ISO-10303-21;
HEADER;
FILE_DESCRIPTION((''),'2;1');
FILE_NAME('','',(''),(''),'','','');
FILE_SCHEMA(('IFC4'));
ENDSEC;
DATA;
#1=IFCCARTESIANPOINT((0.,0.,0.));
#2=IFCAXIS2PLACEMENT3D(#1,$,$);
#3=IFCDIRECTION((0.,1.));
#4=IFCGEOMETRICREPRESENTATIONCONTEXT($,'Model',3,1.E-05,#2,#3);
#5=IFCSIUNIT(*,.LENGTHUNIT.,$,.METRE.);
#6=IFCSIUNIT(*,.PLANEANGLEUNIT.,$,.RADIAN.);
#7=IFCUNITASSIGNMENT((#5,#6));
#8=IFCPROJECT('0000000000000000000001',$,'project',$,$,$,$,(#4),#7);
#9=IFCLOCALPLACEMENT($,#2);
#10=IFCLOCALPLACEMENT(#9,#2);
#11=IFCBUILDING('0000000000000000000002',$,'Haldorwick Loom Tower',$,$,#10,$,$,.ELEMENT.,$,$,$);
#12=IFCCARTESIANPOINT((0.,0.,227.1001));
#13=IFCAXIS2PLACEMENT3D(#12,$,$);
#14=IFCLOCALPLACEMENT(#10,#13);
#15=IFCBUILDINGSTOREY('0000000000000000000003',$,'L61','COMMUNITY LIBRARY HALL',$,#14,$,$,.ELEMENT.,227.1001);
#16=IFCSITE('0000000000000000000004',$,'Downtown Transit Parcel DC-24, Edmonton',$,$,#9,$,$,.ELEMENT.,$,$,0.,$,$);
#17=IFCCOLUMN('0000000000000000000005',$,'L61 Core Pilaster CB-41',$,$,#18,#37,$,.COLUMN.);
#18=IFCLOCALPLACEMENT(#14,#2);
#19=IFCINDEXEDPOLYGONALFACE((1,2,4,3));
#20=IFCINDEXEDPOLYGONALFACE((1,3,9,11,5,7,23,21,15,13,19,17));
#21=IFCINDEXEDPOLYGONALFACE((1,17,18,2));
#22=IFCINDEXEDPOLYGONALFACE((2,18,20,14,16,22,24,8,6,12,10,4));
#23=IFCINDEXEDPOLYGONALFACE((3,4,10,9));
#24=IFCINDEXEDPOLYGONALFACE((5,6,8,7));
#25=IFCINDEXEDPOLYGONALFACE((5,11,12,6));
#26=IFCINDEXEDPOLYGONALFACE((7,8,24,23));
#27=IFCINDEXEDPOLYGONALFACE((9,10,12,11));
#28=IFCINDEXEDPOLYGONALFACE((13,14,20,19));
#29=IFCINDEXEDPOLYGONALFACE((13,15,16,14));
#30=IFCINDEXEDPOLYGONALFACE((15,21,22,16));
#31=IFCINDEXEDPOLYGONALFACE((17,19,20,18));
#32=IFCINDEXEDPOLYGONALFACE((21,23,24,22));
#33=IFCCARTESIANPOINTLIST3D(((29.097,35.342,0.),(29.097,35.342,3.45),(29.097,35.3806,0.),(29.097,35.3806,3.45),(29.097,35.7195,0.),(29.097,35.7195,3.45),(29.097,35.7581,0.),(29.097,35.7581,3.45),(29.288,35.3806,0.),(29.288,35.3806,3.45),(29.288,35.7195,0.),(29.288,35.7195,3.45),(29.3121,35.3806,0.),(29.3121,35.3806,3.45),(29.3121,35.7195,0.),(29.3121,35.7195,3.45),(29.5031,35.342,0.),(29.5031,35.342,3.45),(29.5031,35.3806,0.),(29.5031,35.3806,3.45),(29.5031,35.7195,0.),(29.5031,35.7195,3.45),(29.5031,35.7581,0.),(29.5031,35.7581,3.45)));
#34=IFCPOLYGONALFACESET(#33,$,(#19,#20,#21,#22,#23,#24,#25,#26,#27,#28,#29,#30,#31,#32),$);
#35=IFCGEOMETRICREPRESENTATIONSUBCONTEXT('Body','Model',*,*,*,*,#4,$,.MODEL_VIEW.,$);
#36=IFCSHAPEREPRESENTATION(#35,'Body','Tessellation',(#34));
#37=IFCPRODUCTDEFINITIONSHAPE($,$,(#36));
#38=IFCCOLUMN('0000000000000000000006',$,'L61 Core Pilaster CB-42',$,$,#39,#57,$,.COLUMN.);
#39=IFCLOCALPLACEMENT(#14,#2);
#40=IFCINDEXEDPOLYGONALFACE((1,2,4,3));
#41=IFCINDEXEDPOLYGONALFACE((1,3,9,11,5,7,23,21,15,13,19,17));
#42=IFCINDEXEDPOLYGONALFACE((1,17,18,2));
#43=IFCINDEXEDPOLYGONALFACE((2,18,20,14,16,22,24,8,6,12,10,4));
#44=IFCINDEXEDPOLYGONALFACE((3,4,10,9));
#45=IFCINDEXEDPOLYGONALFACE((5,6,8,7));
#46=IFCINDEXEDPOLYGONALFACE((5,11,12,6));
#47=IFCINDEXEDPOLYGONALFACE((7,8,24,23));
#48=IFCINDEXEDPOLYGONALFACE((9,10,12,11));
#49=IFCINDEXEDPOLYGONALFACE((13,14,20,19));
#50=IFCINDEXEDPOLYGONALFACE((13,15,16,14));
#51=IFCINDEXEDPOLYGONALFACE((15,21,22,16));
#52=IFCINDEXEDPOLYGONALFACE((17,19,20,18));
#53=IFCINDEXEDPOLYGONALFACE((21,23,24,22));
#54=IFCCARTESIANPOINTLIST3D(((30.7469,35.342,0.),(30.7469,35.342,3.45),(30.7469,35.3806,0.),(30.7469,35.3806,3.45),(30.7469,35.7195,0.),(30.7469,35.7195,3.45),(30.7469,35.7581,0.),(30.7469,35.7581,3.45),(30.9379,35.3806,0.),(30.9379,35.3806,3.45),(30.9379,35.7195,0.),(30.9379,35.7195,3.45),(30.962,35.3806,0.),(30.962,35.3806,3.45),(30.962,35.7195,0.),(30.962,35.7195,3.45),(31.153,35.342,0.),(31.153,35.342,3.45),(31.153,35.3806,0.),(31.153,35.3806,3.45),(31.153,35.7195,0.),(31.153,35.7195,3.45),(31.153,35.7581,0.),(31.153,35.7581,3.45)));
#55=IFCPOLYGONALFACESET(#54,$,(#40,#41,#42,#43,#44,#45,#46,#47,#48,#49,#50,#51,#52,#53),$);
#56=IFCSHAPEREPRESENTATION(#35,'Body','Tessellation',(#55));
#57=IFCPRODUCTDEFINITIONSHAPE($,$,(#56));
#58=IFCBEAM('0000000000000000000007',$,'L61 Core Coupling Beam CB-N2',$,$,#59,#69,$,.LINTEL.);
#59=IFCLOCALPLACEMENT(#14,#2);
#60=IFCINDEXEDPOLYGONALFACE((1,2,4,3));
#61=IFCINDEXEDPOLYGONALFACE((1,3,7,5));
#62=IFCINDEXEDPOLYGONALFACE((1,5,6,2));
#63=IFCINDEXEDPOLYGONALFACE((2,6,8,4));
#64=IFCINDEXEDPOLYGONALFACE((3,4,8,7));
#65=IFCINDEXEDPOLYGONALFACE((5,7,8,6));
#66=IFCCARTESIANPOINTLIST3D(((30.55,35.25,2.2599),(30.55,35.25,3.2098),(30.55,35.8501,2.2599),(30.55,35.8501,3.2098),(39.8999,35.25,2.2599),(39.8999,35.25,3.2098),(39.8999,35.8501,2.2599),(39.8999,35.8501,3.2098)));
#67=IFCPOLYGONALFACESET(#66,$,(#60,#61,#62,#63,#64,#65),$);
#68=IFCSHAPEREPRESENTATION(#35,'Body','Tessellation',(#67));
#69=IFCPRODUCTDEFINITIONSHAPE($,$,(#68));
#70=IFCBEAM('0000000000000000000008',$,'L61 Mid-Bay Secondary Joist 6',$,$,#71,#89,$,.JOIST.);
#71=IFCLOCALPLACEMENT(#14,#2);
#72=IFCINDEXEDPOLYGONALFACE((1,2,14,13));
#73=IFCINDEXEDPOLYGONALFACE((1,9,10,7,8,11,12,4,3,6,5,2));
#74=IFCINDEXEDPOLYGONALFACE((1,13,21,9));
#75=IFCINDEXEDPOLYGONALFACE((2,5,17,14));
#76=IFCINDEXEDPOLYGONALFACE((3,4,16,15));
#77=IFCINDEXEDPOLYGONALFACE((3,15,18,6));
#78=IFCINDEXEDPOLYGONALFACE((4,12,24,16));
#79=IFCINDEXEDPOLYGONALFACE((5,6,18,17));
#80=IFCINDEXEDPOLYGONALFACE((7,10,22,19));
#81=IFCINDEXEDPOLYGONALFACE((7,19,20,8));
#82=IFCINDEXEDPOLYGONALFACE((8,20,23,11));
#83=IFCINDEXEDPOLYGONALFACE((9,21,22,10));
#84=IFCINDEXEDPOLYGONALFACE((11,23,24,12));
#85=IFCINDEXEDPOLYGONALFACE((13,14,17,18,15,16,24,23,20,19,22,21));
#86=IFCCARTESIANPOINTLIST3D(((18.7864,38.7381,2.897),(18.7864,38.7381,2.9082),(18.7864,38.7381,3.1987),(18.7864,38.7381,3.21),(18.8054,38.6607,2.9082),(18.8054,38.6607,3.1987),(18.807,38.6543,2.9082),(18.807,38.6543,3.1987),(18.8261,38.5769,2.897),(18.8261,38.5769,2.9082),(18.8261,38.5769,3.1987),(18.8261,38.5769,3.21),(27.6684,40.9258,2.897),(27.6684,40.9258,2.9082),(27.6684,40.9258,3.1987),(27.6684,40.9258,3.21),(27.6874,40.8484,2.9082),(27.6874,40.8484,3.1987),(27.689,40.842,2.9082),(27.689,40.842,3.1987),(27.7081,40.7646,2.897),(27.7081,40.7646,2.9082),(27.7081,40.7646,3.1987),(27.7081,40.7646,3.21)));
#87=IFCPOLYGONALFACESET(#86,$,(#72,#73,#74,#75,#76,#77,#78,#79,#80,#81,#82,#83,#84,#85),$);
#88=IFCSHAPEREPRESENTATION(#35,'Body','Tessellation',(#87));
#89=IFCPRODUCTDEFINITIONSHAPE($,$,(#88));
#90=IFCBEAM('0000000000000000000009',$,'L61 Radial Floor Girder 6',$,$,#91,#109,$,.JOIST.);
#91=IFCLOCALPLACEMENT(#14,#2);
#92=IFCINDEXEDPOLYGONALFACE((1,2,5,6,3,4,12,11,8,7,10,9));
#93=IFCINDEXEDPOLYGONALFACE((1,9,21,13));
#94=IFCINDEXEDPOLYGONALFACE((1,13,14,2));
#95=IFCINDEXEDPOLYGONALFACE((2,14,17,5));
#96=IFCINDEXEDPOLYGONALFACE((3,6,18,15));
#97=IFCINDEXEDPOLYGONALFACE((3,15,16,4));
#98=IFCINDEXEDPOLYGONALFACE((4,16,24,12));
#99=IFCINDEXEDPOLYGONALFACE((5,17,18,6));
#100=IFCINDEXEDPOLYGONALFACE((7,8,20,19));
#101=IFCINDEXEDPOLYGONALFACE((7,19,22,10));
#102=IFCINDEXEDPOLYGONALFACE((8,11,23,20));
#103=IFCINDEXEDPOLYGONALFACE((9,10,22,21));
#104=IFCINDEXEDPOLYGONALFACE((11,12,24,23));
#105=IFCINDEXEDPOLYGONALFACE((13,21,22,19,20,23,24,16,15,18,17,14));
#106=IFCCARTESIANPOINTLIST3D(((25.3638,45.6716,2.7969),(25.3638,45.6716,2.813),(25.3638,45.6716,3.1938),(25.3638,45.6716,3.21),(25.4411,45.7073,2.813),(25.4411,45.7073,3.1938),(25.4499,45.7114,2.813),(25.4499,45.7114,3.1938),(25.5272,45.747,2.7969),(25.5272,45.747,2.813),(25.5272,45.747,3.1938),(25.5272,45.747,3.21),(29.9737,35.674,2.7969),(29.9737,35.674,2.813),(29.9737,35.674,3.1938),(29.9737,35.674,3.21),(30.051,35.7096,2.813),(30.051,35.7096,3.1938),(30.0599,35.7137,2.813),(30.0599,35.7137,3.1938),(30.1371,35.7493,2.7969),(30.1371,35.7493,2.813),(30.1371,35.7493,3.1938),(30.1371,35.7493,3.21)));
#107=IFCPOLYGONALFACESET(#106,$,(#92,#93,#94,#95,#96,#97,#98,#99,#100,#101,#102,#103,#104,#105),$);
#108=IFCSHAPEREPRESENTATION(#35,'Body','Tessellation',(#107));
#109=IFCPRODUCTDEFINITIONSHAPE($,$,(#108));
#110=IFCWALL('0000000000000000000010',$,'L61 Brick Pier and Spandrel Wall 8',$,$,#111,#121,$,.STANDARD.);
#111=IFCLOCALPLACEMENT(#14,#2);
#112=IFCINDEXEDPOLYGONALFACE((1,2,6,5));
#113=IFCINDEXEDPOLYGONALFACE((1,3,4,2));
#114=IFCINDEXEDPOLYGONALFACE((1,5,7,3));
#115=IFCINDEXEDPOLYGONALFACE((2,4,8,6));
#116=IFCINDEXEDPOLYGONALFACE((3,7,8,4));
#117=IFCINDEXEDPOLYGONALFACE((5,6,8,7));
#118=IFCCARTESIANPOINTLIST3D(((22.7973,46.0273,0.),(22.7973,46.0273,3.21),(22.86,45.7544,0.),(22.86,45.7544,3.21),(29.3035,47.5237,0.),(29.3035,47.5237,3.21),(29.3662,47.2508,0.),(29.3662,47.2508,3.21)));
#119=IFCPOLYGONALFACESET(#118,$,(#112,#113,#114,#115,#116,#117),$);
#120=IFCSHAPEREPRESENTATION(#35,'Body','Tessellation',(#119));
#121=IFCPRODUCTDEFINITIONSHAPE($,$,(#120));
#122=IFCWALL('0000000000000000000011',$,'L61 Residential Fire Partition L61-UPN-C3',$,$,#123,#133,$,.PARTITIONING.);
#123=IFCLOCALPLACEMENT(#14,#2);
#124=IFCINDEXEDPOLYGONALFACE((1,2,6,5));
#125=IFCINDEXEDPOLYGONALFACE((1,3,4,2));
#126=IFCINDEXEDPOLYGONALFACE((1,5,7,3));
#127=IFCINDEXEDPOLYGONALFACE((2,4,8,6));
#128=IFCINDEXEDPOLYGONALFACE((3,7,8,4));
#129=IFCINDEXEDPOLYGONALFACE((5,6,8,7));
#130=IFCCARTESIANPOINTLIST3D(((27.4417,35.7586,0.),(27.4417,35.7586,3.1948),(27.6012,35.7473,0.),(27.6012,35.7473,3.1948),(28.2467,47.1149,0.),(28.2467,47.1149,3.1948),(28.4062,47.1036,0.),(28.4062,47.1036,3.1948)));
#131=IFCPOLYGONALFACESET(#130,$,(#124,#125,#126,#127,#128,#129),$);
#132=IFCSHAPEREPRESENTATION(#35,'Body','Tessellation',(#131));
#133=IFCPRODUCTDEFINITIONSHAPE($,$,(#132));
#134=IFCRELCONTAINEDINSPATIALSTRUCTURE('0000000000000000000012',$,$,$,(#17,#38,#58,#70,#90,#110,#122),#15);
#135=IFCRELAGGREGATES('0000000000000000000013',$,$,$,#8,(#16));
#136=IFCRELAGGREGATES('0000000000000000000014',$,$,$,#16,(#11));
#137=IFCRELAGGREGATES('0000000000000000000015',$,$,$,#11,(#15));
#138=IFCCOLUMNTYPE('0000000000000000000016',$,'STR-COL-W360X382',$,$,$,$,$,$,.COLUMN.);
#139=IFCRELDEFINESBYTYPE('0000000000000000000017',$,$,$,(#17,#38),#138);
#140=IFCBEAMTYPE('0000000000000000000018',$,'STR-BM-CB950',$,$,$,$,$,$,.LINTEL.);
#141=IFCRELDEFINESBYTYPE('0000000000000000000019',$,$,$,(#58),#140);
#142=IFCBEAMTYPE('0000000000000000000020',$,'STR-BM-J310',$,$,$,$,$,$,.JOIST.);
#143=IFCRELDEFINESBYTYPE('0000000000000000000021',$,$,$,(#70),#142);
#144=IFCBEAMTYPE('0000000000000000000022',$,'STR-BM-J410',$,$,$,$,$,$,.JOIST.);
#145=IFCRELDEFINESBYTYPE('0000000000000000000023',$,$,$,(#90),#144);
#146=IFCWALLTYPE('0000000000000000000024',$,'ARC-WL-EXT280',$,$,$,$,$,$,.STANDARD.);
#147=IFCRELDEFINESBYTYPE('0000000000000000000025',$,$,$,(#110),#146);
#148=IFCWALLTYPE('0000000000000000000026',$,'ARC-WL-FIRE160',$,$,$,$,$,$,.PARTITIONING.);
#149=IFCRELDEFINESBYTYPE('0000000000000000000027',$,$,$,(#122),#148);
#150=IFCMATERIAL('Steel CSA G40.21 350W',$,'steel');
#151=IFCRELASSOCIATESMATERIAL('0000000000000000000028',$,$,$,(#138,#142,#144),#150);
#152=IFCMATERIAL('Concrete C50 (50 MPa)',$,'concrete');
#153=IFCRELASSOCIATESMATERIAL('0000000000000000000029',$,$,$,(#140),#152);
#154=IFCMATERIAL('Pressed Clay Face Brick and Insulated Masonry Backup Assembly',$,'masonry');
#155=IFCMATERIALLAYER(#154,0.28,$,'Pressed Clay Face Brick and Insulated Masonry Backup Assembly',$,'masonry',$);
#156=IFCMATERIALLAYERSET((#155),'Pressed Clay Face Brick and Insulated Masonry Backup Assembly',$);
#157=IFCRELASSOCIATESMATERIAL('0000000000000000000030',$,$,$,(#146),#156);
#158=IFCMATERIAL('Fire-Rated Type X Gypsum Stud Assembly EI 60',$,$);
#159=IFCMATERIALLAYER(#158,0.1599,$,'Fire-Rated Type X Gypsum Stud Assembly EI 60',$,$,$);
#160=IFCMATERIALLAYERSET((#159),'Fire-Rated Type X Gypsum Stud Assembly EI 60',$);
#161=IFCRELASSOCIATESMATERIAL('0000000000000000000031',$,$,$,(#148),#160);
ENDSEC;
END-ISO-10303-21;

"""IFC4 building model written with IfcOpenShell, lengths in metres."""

from ifc_helpers import new_model, si_unit, direction, frame, frame_2d, origin, origin_2d, place, context, subcontext, project, spatial, rectangle, i_section, extrude, material, layer, layer_set, material_profile, profile_set, type_object, element, save


model = new_model("IFC4")

# Units and contexts
model_context = context("Model", 3, precision=1e-05, world=origin(), true_north=direction((0.0, 1.0)))
body_context = subcontext(model_context, "Body", "Model", "MODEL_VIEW")
ifc_project = project(units=[si_unit("LENGTHUNIT", "METRE"), si_unit("PLANEANGLEUNIT", "RADIAN")], contexts=[model_context])

# Site, building, storey
site_placement = place(None, origin())
site = spatial("IfcSite", under=ifc_project, at=site_placement, Name="Downtown Transit Parcel DC-24, Edmonton", CompositionType="ELEMENT", RefElevation=0.0)
building_placement = place(site_placement, origin())
building = spatial("IfcBuilding", under=site, at=building_placement, Name="Haldorwick Loom Tower", CompositionType="ELEMENT")
storey_placement = place(building_placement, frame((0.0, 0.0, 227.1001)))
storey = spatial("IfcBuildingStorey", under=building, at=storey_placement, Name="L61", Description="COMMUNITY LIBRARY HALL", CompositionType="ELEMENT", Elevation=227.1001)

# Columns
ifc_material_1 = material(Name="Steel CSA G40.21 350W", Category="steel")
ifc_material_profile_1 = material_profile(ifc_material_1, i_section(OverallWidth=0.406, OverallDepth=0.416, WebThickness=0.0242, FlangeThickness=0.0386, at=origin_2d()), Name="W360X382", Category="steel")
ifc_profile_set_1 = profile_set([ifc_material_profile_1], Name="Steel CSA G40.21 350W")
column_type_1 = type_object("IfcColumnType", Name="STR-COL-W360X382", PredefinedType="COLUMN", material=ifc_profile_set_1)
for number, where, z_axis, x_axis, name in (
    (1, (29.3, 35.55, 0.0), (0.0, 0.0, 1.0), (1.0, 0.0, 0.0), "L61 Core Pilaster CB-41"),
    (2, (30.95, 35.55, 0.0), (0.0, 0.0, 1.0), (1.0, 0.0, 0.0), "L61 Core Pilaster CB-42"),
):
    element("IfcColumn", number, at=place(storey_placement, frame(where, z_axis=z_axis, x_axis=x_axis)), inside=storey, type_object=column_type_1, Name=name, PredefinedType="COLUMN", context=body_context, shape_type="SweptSolid", body=[
        extrude(i_section(OverallWidth=0.406, OverallDepth=0.416, WebThickness=0.0242, FlangeThickness=0.0386, at=origin_2d()), origin(), (0.0, 0.0, 1.0), 3.45),
    ])

# Beams
ifc_material_2 = material(Name="Concrete C50 (50 MPa)", Category="concrete")
ifc_material_profile_2 = material_profile(ifc_material_2, rectangle(XDim=0.6001, YDim=0.95, at=origin_2d()), Name="RC600X950", Category="concrete")
ifc_profile_set_2 = profile_set([ifc_material_profile_2], Name="Concrete C50 (50 MPa)")
beam_type_1 = type_object("IfcBeamType", Name="STR-BM-CB950", PredefinedType="LINTEL", material=ifc_profile_set_2)
beam_1_placement = place(storey_placement, frame((30.55, 35.55, 2.7349), z_axis=(1.0, 0.0, 0.0), x_axis=(0.0, 1.0, 0.0)))
element("IfcBeam", 3, at=beam_1_placement, inside=storey, type_object=beam_type_1, Name="L61 Core Coupling Beam CB-N2", PredefinedType="LINTEL", context=body_context, shape_type="SweptSolid", body=[
    extrude(rectangle(XDim=0.6001, YDim=0.95, at=origin_2d()), origin(), (0.0, 0.0, 1.0), 9.3499),
])
ifc_material_profile_3 = material_profile(ifc_material_1, i_section(OverallWidth=0.166, OverallDepth=0.313, WebThickness=0.0066, FlangeThickness=0.0112, at=origin_2d()), Name="W310X45", Category="steel")
ifc_profile_set_3 = profile_set([ifc_material_profile_3], Name="Steel CSA G40.21 350W")
beam_type_2 = type_object("IfcBeamType", Name="STR-BM-J310", PredefinedType="JOIST", material=ifc_profile_set_3)
beam_2_placement = place(storey_placement, frame((27.6882, 40.8452, 3.0535), z_axis=(-0.97098, -0.239162, 0.0), x_axis=(0.239162, -0.97098, 0.0)))
element("IfcBeam", 4, at=beam_2_placement, inside=storey, type_object=beam_type_2, Name="L61 Mid-Bay Secondary Joist 6", PredefinedType="JOIST", context=body_context, shape_type="SweptSolid", body=[
    extrude(i_section(OverallWidth=0.166, OverallDepth=0.313, WebThickness=0.0066, FlangeThickness=0.0112, at=origin_2d()), origin(), (0.0, 0.0, 1.0), 9.1475),
])
ifc_material_profile_4 = material_profile(ifc_material_1, i_section(OverallWidth=0.1799, OverallDepth=0.4131, WebThickness=0.0098, FlangeThickness=0.0161, at=origin_2d()), Name="W410X74", Category="steel")
ifc_profile_set_4 = profile_set([ifc_material_profile_4], Name="Steel CSA G40.21 350W")
beam_type_3 = type_object("IfcBeamType", Name="STR-BM-J410", PredefinedType="JOIST", material=ifc_profile_set_4)
beam_3_placement = place(storey_placement, frame((30.0554, 35.7117, 3.0034), z_axis=(-0.418729, 0.908111, 0.0), x_axis=(-0.908111, -0.418729, 0.0)))
element("IfcBeam", 5, at=beam_3_placement, inside=storey, type_object=beam_type_3, Name="L61 Radial Floor Girder 6", PredefinedType="JOIST", context=body_context, shape_type="SweptSolid", body=[
    extrude(i_section(OverallWidth=0.1799, OverallDepth=0.4131, WebThickness=0.0098, FlangeThickness=0.0161, at=origin_2d()), origin(), (0.0, 0.0, 1.0), 11.0093),
])

# Walls
ifc_material_3 = material(Name="Pressed Clay Face Brick and Insulated Masonry Backup Assembly", Category="masonry")
ifc_layer_1 = layer(ifc_material_3, 0.28, Name="Pressed Clay Face Brick and Insulated Masonry Backup Assembly", Category="masonry")
ifc_layer_set_1 = layer_set([ifc_layer_1], Name="Pressed Clay Face Brick and Insulated Masonry Backup Assembly")
wall_type_1 = type_object("IfcWallType", Name="ARC-WL-EXT280", PredefinedType="STANDARD", material=ifc_layer_set_1)
wall_1_placement = place(storey_placement, frame((29.3347, 47.3872, 0.0), z_axis=(0.0, 0.0, 1.0), x_axis=(-0.974557, -0.224138, 0.0)))
element("IfcWall", 6, at=wall_1_placement, inside=storey, type_object=wall_type_1, Name="L61 Brick Pier and Spandrel Wall 8", PredefinedType="STANDARD", context=body_context, shape_type="SweptSolid", body=[
    extrude(rectangle(XDim=6.676, YDim=0.28, at=frame_2d((3.3379, 0.0))), origin(), (0.0, 0.0, 1.0), 3.21),
])
ifc_material_4 = material(Name="Fire-Rated Type X Gypsum Stud Assembly EI 60")
ifc_layer_2 = layer(ifc_material_4, 0.1599, Name="Fire-Rated Type X Gypsum Stud Assembly EI 60")
ifc_layer_set_2 = layer_set([ifc_layer_2], Name="Fire-Rated Type X Gypsum Stud Assembly EI 60")
wall_type_2 = type_object("IfcWallType", Name="ARC-WL-FIRE160", PredefinedType="PARTITIONING", material=ifc_layer_set_2)
wall_2_placement = place(storey_placement, frame((27.5215, 35.7529, 0.0), z_axis=(0.0, 0.0, 1.0), x_axis=(0.070703, 0.997497, 0.0)))
element("IfcWall", 7, at=wall_2_placement, inside=storey, type_object=wall_type_2, Name="L61 Residential Fire Partition L61-UPN-C3", PredefinedType="PARTITIONING", context=body_context, shape_type="SweptSolid", body=[
    extrude(rectangle(XDim=11.3848, YDim=0.1599, at=frame_2d((5.6924, 0.0))), origin(), (0.0, 0.0, 1.0), 3.1948),
])

save(model, "model.ifc")
